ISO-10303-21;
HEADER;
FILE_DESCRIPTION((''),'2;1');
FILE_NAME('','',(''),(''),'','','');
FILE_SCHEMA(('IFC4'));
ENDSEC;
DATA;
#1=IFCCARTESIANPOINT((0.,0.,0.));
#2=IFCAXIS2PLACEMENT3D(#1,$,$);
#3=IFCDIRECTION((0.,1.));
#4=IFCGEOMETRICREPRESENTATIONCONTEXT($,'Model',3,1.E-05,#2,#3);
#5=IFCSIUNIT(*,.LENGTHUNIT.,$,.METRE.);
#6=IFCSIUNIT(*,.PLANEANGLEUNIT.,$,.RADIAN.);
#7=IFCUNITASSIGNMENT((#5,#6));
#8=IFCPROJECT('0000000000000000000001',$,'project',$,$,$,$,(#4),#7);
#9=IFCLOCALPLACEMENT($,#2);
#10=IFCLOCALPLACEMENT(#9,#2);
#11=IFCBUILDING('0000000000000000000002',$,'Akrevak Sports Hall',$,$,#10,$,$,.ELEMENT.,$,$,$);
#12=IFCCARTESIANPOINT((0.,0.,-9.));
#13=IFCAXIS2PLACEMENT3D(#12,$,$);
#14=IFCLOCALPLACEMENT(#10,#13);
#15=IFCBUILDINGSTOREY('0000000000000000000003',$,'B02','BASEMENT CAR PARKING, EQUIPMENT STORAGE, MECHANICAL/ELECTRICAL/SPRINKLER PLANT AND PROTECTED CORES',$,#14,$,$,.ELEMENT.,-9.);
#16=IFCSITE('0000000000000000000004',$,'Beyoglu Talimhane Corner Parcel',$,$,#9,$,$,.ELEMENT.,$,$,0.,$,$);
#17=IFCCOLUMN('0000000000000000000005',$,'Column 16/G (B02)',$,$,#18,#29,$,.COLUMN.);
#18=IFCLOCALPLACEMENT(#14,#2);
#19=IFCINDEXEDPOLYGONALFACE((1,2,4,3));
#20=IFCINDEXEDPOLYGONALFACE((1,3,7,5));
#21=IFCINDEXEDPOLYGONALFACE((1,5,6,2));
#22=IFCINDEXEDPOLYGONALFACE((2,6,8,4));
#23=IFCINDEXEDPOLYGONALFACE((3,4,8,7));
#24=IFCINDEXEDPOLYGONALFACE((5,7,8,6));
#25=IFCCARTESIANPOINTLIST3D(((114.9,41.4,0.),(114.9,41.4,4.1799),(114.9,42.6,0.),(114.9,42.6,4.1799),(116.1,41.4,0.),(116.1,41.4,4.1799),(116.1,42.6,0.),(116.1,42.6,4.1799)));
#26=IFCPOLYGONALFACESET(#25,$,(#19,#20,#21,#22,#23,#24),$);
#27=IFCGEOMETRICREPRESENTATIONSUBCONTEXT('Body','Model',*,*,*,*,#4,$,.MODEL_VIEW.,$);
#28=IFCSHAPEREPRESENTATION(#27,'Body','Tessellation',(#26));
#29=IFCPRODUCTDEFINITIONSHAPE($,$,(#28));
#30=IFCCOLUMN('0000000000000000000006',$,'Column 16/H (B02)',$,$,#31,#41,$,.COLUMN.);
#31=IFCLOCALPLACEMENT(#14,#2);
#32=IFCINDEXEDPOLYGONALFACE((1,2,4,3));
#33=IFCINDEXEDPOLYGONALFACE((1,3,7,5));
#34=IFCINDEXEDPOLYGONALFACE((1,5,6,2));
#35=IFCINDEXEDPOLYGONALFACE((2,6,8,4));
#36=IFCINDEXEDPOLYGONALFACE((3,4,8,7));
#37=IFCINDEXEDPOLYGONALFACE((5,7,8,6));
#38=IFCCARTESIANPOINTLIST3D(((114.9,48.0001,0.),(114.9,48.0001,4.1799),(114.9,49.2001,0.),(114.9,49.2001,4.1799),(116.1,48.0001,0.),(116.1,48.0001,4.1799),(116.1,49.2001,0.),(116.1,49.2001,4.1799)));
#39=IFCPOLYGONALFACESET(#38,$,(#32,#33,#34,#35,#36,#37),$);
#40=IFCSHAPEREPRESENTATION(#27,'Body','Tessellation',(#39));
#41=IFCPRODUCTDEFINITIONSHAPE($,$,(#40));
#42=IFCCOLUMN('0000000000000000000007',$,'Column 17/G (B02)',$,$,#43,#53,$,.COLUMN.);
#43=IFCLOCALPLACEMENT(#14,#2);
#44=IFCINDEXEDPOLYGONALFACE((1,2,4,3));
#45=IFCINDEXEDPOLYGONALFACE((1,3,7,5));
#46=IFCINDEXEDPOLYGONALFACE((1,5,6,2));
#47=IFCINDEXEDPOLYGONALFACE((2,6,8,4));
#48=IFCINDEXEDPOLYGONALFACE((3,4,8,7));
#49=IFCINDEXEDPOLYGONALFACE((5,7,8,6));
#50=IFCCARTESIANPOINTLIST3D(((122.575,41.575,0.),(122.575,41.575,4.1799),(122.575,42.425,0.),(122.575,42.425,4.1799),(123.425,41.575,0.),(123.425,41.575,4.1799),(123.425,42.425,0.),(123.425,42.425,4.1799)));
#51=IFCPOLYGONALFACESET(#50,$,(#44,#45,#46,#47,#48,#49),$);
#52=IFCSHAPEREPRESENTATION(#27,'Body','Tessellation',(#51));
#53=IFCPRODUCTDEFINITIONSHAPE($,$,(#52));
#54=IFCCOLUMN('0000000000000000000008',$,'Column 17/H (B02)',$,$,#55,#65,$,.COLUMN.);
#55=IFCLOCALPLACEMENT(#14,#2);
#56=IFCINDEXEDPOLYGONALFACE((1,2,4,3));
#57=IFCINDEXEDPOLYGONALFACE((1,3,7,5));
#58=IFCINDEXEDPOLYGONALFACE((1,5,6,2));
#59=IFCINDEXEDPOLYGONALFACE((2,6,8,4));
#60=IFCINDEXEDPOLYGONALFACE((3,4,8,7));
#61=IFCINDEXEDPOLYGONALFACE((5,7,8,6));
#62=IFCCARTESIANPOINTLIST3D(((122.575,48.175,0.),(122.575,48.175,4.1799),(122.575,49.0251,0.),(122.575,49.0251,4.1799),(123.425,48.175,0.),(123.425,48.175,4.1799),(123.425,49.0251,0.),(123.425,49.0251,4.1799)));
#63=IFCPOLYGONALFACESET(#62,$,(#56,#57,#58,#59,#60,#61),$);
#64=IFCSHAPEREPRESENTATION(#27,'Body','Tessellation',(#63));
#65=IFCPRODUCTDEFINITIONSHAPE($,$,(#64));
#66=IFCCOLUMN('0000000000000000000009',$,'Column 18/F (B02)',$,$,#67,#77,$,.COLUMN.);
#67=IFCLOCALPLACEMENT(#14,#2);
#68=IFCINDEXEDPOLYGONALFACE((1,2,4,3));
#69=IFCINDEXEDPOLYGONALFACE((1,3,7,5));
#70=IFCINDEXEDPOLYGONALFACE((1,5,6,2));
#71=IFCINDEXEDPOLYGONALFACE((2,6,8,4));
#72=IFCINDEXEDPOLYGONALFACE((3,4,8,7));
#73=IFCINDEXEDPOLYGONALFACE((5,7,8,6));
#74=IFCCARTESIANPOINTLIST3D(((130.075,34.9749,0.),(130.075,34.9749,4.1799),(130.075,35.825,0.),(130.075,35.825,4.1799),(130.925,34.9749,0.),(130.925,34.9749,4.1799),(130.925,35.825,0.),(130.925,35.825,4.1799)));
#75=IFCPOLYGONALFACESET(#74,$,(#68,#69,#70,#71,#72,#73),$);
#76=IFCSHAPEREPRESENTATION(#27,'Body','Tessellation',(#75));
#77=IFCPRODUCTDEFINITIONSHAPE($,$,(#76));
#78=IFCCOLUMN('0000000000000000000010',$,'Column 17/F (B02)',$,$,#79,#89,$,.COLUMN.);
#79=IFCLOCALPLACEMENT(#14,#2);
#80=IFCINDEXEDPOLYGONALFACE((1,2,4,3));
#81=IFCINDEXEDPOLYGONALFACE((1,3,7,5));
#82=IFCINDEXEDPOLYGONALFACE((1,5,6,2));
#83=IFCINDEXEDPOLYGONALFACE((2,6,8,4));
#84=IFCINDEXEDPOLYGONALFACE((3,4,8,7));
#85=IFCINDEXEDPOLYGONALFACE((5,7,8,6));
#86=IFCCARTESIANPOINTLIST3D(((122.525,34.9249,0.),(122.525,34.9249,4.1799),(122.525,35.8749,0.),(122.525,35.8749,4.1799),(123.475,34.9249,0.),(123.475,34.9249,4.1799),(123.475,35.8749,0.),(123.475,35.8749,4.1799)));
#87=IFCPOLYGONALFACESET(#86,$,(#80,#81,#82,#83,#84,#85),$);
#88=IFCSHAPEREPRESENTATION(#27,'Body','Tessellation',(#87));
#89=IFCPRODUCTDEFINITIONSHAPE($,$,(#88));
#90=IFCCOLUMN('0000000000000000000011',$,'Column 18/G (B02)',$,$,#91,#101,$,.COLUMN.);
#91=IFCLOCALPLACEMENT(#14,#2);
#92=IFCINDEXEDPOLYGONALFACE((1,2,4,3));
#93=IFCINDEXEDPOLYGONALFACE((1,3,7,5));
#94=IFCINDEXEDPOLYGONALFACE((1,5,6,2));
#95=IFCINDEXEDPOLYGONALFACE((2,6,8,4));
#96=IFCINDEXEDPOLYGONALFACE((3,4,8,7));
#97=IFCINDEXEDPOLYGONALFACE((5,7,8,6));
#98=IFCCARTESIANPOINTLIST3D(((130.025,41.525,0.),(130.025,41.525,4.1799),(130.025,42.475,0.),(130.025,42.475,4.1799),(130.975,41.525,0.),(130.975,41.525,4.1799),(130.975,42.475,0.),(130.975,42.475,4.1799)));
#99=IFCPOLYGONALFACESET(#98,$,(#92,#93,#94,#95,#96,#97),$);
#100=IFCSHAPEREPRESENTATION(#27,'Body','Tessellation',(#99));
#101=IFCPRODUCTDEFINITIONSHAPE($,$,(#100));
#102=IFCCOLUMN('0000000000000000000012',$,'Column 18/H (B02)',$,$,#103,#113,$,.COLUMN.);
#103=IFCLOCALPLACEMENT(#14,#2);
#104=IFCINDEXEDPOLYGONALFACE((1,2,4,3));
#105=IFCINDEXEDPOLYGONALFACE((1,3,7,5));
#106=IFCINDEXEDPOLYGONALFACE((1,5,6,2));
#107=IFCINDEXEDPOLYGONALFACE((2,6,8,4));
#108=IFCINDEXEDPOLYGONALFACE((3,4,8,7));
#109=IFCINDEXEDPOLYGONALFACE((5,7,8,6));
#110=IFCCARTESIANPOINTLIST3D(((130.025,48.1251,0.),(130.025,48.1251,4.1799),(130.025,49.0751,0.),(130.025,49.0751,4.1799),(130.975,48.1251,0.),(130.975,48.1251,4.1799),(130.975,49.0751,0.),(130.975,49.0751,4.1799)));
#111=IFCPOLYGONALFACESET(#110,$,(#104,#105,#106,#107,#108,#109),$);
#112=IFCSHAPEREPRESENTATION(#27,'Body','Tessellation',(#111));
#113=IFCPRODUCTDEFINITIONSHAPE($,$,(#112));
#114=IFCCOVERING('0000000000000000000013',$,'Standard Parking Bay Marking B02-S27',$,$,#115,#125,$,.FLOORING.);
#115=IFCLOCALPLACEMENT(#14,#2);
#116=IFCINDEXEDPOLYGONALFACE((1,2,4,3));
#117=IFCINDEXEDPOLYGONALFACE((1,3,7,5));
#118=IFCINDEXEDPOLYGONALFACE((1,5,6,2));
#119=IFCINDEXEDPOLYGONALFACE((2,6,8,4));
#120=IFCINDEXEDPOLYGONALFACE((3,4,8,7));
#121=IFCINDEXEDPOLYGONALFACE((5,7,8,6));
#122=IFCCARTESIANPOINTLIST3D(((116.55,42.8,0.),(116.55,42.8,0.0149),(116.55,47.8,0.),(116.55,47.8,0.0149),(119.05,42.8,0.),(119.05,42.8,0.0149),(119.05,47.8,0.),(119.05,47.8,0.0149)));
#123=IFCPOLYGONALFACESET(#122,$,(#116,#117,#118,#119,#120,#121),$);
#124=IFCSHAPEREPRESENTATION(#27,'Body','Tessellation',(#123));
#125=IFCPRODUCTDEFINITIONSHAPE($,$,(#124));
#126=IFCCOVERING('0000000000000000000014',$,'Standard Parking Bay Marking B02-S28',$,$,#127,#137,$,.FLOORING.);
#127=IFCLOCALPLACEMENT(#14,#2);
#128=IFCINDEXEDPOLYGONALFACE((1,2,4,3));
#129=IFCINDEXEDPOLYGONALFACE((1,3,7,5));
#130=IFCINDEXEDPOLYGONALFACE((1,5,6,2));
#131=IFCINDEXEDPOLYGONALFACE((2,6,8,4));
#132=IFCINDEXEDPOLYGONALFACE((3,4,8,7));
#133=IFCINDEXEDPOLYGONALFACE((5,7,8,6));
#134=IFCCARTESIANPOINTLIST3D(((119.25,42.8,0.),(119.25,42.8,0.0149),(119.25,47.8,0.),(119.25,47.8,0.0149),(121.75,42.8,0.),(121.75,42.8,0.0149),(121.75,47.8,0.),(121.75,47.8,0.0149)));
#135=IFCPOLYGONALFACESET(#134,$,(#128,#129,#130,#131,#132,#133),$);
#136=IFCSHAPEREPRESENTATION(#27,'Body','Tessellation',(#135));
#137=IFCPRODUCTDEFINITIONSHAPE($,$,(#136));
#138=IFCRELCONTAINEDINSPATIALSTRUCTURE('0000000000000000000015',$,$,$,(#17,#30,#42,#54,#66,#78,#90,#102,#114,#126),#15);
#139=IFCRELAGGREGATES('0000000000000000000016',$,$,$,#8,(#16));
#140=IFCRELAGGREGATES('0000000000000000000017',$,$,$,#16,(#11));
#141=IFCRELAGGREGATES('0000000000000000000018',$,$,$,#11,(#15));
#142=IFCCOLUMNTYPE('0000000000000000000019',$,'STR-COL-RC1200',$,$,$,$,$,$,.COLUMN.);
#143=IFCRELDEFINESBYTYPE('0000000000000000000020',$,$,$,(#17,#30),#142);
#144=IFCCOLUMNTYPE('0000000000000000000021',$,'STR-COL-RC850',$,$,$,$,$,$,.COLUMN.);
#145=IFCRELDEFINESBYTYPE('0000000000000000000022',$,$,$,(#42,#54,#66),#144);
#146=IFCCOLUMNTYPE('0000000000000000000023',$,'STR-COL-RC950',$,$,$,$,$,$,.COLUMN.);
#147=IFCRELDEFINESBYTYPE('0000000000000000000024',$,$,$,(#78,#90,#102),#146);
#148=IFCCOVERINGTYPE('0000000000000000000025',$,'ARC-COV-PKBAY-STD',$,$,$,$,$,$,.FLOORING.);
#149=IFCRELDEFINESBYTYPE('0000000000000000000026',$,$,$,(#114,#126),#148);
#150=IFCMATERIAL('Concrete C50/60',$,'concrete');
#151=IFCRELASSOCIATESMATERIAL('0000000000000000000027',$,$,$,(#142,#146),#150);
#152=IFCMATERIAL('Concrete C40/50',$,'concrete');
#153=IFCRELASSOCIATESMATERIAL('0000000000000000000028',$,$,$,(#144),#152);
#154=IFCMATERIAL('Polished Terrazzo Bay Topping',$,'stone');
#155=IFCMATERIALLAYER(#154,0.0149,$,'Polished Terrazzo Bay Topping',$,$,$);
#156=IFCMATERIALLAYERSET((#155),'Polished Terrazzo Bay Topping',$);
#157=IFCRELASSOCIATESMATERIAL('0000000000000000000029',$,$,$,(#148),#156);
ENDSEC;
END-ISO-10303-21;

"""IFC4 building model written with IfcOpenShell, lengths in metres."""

from ifc_helpers import new_model, si_unit, direction, frame, origin, origin_2d, place, context, subcontext, project, spatial, rectangle, extrude, material, layer, layer_set, material_profile, profile_set, type_object, element, save


model = new_model("IFC4")

# Units and contexts
model_context = context("Model", 3, precision=1e-05, world=origin(), true_north=direction((0.0, 1.0)))
body_context = subcontext(model_context, "Body", "Model", "MODEL_VIEW")
ifc_project = project(units=[si_unit("LENGTHUNIT", "METRE"), si_unit("PLANEANGLEUNIT", "RADIAN")], contexts=[model_context])

# Site, building, storey
site_placement = place(None, origin())
site = spatial("IfcSite", under=ifc_project, at=site_placement, Name="Beyoglu Talimhane Corner Parcel", CompositionType="ELEMENT", RefElevation=0.0)
building_placement = place(site_placement, origin())
building = spatial("IfcBuilding", under=site, at=building_placement, Name="Akrevak Sports Hall", CompositionType="ELEMENT")
storey_placement = place(building_placement, frame((0.0, 0.0, -9.0)))
storey = spatial("IfcBuildingStorey", under=building, at=storey_placement, Name="B02", Description="BASEMENT CAR PARKING, EQUIPMENT STORAGE, MECHANICAL/ELECTRICAL/SPRINKLER PLANT AND PROTECTED CORES", CompositionType="ELEMENT", Elevation=-9.0)

# Shared definitions
ifc_material_1 = material(Name="Concrete C40/50", Category="concrete")

# Columns
ifc_material_2 = material(Name="Concrete C50/60", Category="concrete")
ifc_material_profile_1 = material_profile(ifc_material_2, rectangle(XDim=1.2, YDim=1.2, at=origin_2d()), Name="RC 1200x1200", Category="concrete")
ifc_profile_set_1 = profile_set([ifc_material_profile_1], Name="Concrete C50/60")
column_type_1 = type_object("IfcColumnType", Name="STR-COL-RC1200", PredefinedType="COLUMN", material=ifc_profile_set_1)
for number, where, z_axis, x_axis, name in (
    (1, (115.5, 42.0, 0.0), (0.0, 0.0, 1.0), (1.0, 0.0, 0.0), "Column 16/G (B02)"),
    (2, (115.5, 48.6001, 0.0), (0.0, 0.0, 1.0), (1.0, 0.0, 0.0), "Column 16/H (B02)"),
):
    element("IfcColumn", number, at=place(storey_placement, frame(where, z_axis=z_axis, x_axis=x_axis)), inside=storey, type_object=column_type_1, Name=name, PredefinedType="COLUMN", context=body_context, shape_type="SweptSolid", body=[
        extrude(rectangle(XDim=1.2, YDim=1.2, at=origin_2d()), origin(), (0.0, 0.0, 1.0), 4.1799),
    ])
ifc_material_profile_2 = material_profile(ifc_material_1, rectangle(XDim=0.8501, YDim=0.8501, at=origin_2d()), Name="RC 850x850", Category="concrete")
ifc_profile_set_2 = profile_set([ifc_material_profile_2], Name="Concrete C40/50")
column_type_2 = type_object("IfcColumnType", Name="STR-COL-RC850", PredefinedType="COLUMN", material=ifc_profile_set_2)
for number, where, z_axis, x_axis, name in (
    (3, (123.0, 42.0, 0.0), (0.0, 0.0, 1.0), (1.0, 0.0, 0.0), "Column 17/G (B02)"),
    (4, (123.0, 48.6001, 0.0), (0.0, 0.0, 1.0), (1.0, 0.0, 0.0), "Column 17/H (B02)"),
    (5, (130.5, 35.3999, 0.0), (0.0, 0.0, 1.0), (1.0, 0.0, 0.0), "Column 18/F (B02)"),
):
    element("IfcColumn", number, at=place(storey_placement, frame(where, z_axis=z_axis, x_axis=x_axis)), inside=storey, type_object=column_type_2, Name=name, PredefinedType="COLUMN", context=body_context, shape_type="SweptSolid", body=[
        extrude(rectangle(XDim=0.8501, YDim=0.8501, at=origin_2d()), origin(), (0.0, 0.0, 1.0), 4.1799),
    ])
ifc_material_profile_3 = material_profile(ifc_material_2, rectangle(XDim=0.95, YDim=0.95, at=origin_2d()), Name="RC 950x950", Category="concrete")
ifc_profile_set_3 = profile_set([ifc_material_profile_3], Name="Concrete C50/60")
column_type_3 = type_object("IfcColumnType", Name="STR-COL-RC950", PredefinedType="COLUMN", material=ifc_profile_set_3)
for number, where, z_axis, x_axis, name in (
    (6, (123.0, 35.3999, 0.0), (0.0, 0.0, 1.0), (1.0, 0.0, 0.0), "Column 17/F (B02)"),
    (7, (130.5, 42.0, 0.0), (0.0, 0.0, 1.0), (1.0, 0.0, 0.0), "Column 18/G (B02)"),
    (8, (130.5, 48.6001, 0.0), (0.0, 0.0, 1.0), (1.0, 0.0, 0.0), "Column 18/H (B02)"),
):
    element("IfcColumn", number, at=place(storey_placement, frame(where, z_axis=z_axis, x_axis=x_axis)), inside=storey, type_object=column_type_3, Name=name, PredefinedType="COLUMN", context=body_context, shape_type="SweptSolid", body=[
        extrude(rectangle(XDim=0.95, YDim=0.95, at=origin_2d()), origin(), (0.0, 0.0, 1.0), 4.1799),
    ])

# Coverings
ifc_material_3 = material(Name="Polished Terrazzo Bay Topping", Category="stone")
ifc_layer = layer(ifc_material_3, 0.0149, Name="Polished Terrazzo Bay Topping")
ifc_layer_set = layer_set([ifc_layer], Name="Polished Terrazzo Bay Topping")
covering_type = type_object("IfcCoveringType", Name="ARC-COV-PKBAY-STD", PredefinedType="FLOORING", material=ifc_layer_set)
for number, where, z_axis, x_axis, name in (
    (9, (117.8, 45.3, 0.0), (0.0, 0.0, 1.0), (1.0, 0.0, 0.0), "Standard Parking Bay Marking B02-S27"),
    (10, (120.5, 45.3, 0.0), (0.0, 0.0, 1.0), (1.0, 0.0, 0.0), "Standard Parking Bay Marking B02-S28"),
):
    element("IfcCovering", number, at=place(storey_placement, frame(where, z_axis=z_axis, x_axis=x_axis)), inside=storey, type_object=covering_type, Name=name, PredefinedType="FLOORING", context=body_context, shape_type="SweptSolid", body=[
        extrude(rectangle(XDim=2.5, YDim=5.0, at=origin_2d()), origin(), (0.0, 0.0, 1.0), 0.0149),
    ])

save(model, "model.ifc")
